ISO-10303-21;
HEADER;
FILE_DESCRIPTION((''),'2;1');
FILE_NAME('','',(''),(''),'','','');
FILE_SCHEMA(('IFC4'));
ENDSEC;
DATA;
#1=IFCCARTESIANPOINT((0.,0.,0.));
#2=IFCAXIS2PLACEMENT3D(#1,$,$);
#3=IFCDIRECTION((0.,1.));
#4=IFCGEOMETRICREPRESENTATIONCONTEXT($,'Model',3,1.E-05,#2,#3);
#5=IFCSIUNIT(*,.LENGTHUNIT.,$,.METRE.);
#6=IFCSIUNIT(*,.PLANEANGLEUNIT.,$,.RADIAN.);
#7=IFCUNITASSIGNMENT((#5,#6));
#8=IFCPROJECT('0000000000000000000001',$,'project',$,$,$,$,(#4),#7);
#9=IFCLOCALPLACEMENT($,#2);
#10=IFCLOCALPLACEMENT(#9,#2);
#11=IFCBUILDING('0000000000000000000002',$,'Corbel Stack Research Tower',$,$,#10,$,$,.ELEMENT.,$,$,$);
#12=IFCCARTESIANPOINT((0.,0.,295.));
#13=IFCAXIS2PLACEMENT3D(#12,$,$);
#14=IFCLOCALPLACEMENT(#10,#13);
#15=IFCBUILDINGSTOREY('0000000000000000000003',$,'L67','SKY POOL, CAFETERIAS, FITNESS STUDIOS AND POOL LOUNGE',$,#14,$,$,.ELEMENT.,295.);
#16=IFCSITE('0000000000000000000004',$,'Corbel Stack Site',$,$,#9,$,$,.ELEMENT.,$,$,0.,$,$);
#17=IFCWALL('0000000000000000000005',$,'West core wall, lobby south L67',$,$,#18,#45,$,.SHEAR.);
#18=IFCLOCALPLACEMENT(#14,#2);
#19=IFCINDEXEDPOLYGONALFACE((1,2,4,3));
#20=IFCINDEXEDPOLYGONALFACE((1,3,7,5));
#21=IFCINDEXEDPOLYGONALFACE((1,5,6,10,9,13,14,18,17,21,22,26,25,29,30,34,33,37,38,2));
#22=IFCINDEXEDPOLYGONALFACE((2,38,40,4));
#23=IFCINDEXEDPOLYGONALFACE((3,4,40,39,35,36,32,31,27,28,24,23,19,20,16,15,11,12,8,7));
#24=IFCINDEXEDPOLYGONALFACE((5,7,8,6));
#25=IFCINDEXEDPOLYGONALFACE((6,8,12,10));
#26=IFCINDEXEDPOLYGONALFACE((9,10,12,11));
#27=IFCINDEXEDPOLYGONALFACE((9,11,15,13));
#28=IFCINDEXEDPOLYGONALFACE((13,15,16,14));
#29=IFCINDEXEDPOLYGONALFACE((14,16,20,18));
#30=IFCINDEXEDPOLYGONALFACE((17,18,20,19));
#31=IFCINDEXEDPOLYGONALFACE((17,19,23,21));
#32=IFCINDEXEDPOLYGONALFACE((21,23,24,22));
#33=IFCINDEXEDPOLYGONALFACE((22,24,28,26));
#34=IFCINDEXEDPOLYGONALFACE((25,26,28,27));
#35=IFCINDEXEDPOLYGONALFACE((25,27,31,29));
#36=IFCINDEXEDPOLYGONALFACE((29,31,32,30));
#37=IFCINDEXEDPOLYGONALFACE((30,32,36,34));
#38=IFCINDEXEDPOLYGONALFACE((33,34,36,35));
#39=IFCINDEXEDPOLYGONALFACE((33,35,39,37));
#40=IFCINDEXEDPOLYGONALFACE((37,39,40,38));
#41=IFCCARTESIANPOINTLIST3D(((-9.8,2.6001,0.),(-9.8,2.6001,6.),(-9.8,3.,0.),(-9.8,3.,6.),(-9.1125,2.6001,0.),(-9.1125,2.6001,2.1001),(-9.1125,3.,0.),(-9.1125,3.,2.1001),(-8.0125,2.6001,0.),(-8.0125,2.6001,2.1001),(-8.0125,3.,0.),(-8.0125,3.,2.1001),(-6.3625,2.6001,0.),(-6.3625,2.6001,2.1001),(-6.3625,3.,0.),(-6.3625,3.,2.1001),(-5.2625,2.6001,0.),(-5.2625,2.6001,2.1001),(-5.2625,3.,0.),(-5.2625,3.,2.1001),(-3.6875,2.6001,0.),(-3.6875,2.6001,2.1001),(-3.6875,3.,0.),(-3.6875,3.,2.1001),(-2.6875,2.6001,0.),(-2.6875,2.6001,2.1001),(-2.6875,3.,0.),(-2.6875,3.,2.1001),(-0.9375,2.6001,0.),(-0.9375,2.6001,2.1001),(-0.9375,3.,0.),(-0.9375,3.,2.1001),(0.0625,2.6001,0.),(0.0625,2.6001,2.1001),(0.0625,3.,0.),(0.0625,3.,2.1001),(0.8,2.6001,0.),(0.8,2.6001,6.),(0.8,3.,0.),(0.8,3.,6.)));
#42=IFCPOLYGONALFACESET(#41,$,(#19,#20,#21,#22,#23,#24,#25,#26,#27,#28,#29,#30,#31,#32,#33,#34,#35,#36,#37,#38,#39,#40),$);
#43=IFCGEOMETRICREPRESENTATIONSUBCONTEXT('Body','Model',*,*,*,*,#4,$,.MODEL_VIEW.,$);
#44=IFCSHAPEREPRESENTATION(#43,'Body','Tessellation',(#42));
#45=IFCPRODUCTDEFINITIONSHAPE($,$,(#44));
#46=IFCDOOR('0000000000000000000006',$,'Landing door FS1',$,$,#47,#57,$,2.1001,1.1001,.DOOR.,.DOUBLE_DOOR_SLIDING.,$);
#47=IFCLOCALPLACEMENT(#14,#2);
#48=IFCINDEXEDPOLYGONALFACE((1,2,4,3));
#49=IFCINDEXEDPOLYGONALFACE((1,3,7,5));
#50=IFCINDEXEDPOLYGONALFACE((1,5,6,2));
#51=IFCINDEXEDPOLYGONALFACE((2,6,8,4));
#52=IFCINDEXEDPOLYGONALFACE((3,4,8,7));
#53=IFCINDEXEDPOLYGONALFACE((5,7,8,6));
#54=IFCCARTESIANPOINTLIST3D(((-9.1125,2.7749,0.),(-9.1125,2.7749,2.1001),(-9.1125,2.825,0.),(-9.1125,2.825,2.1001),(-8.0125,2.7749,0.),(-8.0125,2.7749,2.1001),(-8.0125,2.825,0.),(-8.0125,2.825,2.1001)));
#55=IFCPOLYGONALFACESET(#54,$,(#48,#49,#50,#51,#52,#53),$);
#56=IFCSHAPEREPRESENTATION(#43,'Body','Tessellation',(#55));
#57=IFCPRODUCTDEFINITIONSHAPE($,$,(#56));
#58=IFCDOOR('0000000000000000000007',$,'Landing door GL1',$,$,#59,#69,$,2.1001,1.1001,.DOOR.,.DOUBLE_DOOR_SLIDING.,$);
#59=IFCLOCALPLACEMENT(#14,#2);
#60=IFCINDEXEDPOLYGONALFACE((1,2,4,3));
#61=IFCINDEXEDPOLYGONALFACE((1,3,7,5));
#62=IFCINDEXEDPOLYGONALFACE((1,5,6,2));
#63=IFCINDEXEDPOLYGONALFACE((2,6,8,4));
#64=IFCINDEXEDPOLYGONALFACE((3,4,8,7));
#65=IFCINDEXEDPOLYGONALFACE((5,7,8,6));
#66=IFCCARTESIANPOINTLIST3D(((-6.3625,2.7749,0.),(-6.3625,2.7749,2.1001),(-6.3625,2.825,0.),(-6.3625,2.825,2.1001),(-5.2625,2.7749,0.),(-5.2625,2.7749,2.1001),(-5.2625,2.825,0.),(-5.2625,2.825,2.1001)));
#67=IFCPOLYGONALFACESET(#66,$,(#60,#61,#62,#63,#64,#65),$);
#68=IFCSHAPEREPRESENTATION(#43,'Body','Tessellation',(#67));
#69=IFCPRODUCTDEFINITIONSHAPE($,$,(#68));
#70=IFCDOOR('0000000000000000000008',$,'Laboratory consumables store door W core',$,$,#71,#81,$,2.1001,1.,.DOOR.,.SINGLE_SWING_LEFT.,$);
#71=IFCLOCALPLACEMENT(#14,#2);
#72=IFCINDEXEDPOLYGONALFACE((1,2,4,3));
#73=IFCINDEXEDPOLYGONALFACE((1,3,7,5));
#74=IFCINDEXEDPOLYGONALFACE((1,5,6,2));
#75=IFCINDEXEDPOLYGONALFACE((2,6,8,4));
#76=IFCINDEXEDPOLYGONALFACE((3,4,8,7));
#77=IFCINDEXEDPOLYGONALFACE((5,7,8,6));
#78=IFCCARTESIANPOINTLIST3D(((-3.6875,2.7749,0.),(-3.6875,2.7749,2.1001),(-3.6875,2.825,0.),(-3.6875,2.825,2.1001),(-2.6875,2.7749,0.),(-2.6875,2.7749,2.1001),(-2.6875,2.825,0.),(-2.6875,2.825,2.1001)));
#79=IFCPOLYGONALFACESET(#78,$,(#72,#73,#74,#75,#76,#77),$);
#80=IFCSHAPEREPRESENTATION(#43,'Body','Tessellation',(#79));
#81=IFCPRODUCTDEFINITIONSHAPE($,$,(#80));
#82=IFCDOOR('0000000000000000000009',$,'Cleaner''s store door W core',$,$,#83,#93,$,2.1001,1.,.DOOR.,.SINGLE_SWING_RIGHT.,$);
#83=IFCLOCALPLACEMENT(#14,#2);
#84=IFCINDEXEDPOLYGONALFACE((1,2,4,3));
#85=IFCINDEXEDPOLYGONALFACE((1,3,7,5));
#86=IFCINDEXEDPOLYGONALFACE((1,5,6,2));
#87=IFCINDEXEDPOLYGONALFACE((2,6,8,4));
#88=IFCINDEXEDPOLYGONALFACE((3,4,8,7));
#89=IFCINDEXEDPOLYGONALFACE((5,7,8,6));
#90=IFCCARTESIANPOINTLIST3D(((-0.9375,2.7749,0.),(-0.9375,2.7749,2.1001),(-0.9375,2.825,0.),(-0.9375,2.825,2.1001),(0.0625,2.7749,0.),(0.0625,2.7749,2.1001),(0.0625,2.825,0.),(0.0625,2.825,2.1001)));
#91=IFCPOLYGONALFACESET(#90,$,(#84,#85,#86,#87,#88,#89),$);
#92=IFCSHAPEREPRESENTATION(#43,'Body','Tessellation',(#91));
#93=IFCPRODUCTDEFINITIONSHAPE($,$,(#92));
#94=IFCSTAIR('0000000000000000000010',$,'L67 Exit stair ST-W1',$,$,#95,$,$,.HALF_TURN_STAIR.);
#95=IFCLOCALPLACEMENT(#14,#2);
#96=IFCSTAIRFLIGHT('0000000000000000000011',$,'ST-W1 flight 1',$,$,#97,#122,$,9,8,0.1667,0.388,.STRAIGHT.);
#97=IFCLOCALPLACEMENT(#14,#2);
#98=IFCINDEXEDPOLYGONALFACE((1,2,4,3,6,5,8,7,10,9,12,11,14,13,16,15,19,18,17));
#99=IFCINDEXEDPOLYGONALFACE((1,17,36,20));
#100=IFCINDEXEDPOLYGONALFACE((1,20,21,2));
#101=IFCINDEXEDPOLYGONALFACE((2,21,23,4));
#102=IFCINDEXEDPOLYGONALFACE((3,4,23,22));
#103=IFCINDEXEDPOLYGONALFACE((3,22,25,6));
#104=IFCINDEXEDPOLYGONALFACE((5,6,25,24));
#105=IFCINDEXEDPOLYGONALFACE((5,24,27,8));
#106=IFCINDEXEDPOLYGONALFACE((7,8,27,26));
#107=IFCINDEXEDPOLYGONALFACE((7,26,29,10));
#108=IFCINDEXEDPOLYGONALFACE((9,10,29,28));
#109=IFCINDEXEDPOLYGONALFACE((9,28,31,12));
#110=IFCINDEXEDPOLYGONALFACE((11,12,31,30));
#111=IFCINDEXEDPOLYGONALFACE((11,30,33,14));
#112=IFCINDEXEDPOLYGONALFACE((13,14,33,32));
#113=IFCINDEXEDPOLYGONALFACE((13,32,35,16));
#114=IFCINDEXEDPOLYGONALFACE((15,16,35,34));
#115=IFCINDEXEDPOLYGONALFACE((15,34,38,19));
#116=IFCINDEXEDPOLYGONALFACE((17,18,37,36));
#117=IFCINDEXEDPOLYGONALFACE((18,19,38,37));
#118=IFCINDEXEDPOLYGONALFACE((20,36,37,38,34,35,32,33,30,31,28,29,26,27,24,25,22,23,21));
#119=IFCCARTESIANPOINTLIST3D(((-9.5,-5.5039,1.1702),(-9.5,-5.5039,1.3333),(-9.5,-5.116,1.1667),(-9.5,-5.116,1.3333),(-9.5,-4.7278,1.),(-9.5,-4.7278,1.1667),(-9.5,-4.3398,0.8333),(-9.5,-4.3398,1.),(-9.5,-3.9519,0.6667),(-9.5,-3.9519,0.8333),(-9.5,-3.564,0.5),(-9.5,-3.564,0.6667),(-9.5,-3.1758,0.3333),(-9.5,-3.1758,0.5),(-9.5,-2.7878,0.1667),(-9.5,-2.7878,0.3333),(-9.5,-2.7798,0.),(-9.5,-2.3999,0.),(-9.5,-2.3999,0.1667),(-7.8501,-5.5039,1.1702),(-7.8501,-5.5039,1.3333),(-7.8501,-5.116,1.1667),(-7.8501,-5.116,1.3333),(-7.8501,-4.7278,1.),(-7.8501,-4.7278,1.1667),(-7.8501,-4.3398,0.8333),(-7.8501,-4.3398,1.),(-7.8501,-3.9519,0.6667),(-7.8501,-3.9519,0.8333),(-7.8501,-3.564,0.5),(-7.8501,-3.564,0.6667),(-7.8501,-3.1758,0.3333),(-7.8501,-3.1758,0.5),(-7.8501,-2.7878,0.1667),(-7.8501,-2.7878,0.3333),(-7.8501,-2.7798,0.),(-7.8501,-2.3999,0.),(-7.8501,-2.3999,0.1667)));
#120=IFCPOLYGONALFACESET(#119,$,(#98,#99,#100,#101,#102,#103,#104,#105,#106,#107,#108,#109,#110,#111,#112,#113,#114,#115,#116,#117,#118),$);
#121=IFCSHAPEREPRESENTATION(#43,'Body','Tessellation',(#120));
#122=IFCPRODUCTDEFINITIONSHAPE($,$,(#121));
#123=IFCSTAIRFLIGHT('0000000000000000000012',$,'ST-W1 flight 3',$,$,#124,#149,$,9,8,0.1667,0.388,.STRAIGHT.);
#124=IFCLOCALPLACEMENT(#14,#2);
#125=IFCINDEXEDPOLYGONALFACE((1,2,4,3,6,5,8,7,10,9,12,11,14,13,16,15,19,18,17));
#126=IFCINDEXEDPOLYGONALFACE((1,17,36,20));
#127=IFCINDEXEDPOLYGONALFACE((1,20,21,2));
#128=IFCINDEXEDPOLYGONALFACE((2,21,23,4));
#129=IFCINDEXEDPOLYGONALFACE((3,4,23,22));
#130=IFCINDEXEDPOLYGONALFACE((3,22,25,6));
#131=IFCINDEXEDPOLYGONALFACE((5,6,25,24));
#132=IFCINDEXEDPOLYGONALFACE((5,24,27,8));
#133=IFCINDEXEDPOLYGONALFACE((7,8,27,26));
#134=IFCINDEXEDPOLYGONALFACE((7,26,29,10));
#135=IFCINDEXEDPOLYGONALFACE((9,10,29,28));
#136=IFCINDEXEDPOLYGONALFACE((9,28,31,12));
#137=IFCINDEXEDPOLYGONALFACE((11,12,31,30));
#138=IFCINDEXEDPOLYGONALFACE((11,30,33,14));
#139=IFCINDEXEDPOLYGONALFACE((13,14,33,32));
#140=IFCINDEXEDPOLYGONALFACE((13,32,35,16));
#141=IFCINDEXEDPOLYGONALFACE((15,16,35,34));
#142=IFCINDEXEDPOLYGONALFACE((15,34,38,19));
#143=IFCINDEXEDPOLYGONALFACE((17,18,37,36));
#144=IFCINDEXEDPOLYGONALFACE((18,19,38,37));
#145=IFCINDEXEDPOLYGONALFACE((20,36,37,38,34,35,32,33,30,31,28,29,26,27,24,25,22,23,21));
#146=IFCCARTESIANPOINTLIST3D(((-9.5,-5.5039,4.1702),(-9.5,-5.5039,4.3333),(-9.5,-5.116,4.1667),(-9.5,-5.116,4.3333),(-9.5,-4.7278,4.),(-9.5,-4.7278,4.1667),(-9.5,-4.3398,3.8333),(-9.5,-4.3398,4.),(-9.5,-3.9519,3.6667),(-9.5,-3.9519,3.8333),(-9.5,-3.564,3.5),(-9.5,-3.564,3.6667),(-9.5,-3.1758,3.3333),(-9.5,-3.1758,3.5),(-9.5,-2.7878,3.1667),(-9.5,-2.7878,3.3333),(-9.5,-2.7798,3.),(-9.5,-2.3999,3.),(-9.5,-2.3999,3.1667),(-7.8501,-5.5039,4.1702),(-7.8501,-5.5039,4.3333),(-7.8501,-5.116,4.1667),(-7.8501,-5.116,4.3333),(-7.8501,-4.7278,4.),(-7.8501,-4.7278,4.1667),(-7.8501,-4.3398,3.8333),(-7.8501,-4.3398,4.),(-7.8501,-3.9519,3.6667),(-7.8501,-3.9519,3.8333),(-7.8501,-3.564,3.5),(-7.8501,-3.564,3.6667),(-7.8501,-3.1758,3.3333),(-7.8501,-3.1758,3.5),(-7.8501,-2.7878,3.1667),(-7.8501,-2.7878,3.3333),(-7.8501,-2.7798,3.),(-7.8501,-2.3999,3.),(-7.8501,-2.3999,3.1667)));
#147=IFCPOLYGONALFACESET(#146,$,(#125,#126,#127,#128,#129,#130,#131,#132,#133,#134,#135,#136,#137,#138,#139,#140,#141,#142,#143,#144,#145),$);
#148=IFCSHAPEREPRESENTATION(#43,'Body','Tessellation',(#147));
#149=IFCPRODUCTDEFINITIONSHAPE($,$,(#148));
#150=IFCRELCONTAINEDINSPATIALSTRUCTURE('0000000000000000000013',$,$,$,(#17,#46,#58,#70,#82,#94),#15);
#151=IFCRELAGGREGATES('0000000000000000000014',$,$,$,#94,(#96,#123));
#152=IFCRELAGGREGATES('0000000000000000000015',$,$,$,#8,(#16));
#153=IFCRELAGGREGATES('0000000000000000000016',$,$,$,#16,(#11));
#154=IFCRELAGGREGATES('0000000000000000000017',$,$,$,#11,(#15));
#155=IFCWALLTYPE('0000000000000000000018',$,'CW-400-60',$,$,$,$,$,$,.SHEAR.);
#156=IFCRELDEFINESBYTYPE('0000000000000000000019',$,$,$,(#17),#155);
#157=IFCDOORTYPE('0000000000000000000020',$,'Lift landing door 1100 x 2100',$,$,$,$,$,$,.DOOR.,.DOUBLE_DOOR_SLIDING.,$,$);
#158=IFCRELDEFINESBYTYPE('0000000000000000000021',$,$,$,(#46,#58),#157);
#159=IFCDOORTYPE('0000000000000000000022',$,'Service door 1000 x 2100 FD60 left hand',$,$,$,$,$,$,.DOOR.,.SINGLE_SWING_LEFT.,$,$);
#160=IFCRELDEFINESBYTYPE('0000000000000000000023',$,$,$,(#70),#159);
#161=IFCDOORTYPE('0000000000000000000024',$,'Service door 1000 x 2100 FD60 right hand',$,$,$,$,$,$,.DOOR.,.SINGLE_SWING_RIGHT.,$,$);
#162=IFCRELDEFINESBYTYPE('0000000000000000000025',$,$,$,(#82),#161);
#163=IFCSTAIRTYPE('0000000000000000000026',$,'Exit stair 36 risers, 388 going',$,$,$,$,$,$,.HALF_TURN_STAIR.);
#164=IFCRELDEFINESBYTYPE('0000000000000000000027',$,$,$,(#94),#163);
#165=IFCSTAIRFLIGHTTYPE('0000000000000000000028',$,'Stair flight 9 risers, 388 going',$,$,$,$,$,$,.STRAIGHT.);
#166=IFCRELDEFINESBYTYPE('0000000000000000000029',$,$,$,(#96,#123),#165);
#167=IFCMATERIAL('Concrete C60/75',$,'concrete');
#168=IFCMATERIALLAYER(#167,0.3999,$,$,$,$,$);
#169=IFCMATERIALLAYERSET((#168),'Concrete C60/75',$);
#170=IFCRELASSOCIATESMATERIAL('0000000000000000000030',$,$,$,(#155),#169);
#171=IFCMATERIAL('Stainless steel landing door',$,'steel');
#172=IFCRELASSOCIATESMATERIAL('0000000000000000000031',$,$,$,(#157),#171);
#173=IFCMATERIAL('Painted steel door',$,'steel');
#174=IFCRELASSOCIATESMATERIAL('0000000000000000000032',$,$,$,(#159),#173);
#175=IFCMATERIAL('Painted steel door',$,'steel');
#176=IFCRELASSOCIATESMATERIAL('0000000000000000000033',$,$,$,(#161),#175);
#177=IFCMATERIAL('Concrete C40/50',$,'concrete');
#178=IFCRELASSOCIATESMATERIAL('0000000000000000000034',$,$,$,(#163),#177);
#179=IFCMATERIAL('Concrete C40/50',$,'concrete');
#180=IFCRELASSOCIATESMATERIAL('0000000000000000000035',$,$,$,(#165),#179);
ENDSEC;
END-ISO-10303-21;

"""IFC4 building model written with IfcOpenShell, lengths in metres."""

from ifc_helpers import new_model, si_unit, direction, frame, frame_2d, origin, place, context, subcontext, project, spatial, polyline, rectangle, outline, extrude, material, layer, layer_set, type_object, element, fill, aggregate, save


model = new_model("IFC4")

# Units and contexts
model_context = context("Model", 3, precision=1e-05, world=origin(), true_north=direction((0.0, 1.0)))
body_context = subcontext(model_context, "Body", "Model", "MODEL_VIEW")
ifc_project = project(units=[si_unit("LENGTHUNIT", "METRE"), si_unit("PLANEANGLEUNIT", "RADIAN")], contexts=[model_context])

# Site, building, storey
site_placement = place(None, origin())
site = spatial("IfcSite", under=ifc_project, at=site_placement, Name="Corbel Stack Site", CompositionType="ELEMENT", RefElevation=0.0)
building_placement = place(site_placement, origin())
building = spatial("IfcBuilding", under=site, at=building_placement, Name="Corbel Stack Research Tower", CompositionType="ELEMENT")
storey_placement = place(building_placement, frame((0.0, 0.0, 295.0)))
storey = spatial("IfcBuildingStorey", under=building, at=storey_placement, Name="L67", Description="SKY POOL, CAFETERIAS, FITNESS STUDIOS AND POOL LOUNGE", CompositionType="ELEMENT", Elevation=295.0)

# Shared definitions
ifc_material_1 = material(Name="Concrete C60/75", Category="concrete")
ifc_layer_1 = layer(ifc_material_1, 0.3999)
ifc_layer_set_1 = layer_set([ifc_layer_1], Name="Concrete C60/75")
wall_type = type_object("IfcWallType", Name="CW-400-60", PredefinedType="SHEAR", material=ifc_layer_set_1)

# Wall, openings, doors
wall_1_placement = place(storey_placement, frame((-9.8, 2.8, 0.0), z_axis=(0.0, 0.0, 1.0), x_axis=(1.0, 0.0, 0.0)))
wall_1 = element("IfcWall", 1, at=wall_1_placement, inside=storey, type_object=wall_type, Name="West core wall, lobby south L67", PredefinedType="SHEAR", context=body_context, shape_type="SweptSolid", body=[
    extrude(rectangle(XDim=10.6001, YDim=0.3999, at=frame_2d((5.3, 0.0))), origin(), (0.0, 0.0, 1.0), 6.0),
])
opening_1_placement = place(wall_1_placement, frame((0.6875, 0.0, 0.0)))
opening_1 = element("IfcOpeningElement", 2, at=opening_1_placement, cuts=wall_1, PredefinedType="OPENING", context=body_context, shape_type="SweptSolid", body=[
    extrude(rectangle(XDim=1.1001, YDim=2.1001, at=frame_2d((0.55, 1.05))), frame((0.0, 0.21, 0.0), z_axis=(0.0, -1.0, 0.0), x_axis=(1.0, 0.0, 0.0)), (0.0, 0.0, 1.0), 0.4199),
])
opening_2_placement = place(wall_1_placement, frame((3.4375, 0.0, 0.0)))
opening_2 = element("IfcOpeningElement", 3, at=opening_2_placement, cuts=wall_1, PredefinedType="OPENING", context=body_context, shape_type="SweptSolid", body=[
    extrude(rectangle(XDim=1.1001, YDim=2.1001, at=frame_2d((0.55, 1.05))), frame((0.0, 0.21, 0.0), z_axis=(0.0, -1.0, 0.0), x_axis=(1.0, 0.0, 0.0)), (0.0, 0.0, 1.0), 0.4199),
])
opening_3_placement = place(wall_1_placement, frame((6.1125, 0.0, 0.0)))
opening_3 = element("IfcOpeningElement", 4, at=opening_3_placement, cuts=wall_1, PredefinedType="OPENING", context=body_context, shape_type="SweptSolid", body=[
    extrude(rectangle(XDim=1.0, YDim=2.1001, at=frame_2d((0.5, 1.05))), frame((0.0, 0.21, 0.0), z_axis=(0.0, -1.0, 0.0), x_axis=(1.0, 0.0, 0.0)), (0.0, 0.0, 1.0), 0.4199),
])
opening_4_placement = place(wall_1_placement, frame((8.8625, 0.0, 0.0)))
opening_4 = element("IfcOpeningElement", 5, at=opening_4_placement, cuts=wall_1, PredefinedType="OPENING", context=body_context, shape_type="SweptSolid", body=[
    extrude(rectangle(XDim=1.0, YDim=2.1001, at=frame_2d((0.5, 1.05))), frame((0.0, 0.21, 0.0), z_axis=(0.0, -1.0, 0.0), x_axis=(1.0, 0.0, 0.0)), (0.0, 0.0, 1.0), 0.4199),
])
ifc_material_2 = material(Name="Stainless steel landing door", Category="steel")
door_type_1 = type_object("IfcDoorType", Name="Lift landing door 1100 x 2100", OperationType="DOUBLE_DOOR_SLIDING", PredefinedType="DOOR", material=ifc_material_2)
door_1_placement = place(opening_1_placement, origin())
door_1 = element("IfcDoor", 6, at=door_1_placement, inside=storey, type_object=door_type_1, Name="Landing door FS1", OperationType="DOUBLE_DOOR_SLIDING", OverallHeight=2.1001, OverallWidth=1.1001, PredefinedType="DOOR", context=body_context, shape_type="SweptSolid", body=[
    extrude(rectangle(XDim=1.1001, YDim=2.1001, at=frame_2d((0.55, 1.05))), frame((0.0, 0.0249, 0.0), z_axis=(0.0, -1.0, 0.0), x_axis=(1.0, 0.0, 0.0)), (0.0, 0.0, 1.0), 0.05),
])
fill(opening_1, door_1)
door_2_placement = place(opening_2_placement, origin())
door_2 = element("IfcDoor", 7, at=door_2_placement, inside=storey, type_object=door_type_1, Name="Landing door GL1", OperationType="DOUBLE_DOOR_SLIDING", OverallHeight=2.1001, OverallWidth=1.1001, PredefinedType="DOOR", context=body_context, shape_type="SweptSolid", body=[
    extrude(rectangle(XDim=1.1001, YDim=2.1001, at=frame_2d((0.55, 1.05))), frame((0.0, 0.0249, 0.0), z_axis=(0.0, -1.0, 0.0), x_axis=(1.0, 0.0, 0.0)), (0.0, 0.0, 1.0), 0.05),
])
fill(opening_2, door_2)
ifc_material_3 = material(Name="Painted steel door", Category="steel")
door_type_2 = type_object("IfcDoorType", Name="Service door 1000 x 2100 FD60 left hand", OperationType="SINGLE_SWING_LEFT", PredefinedType="DOOR", material=ifc_material_3)
door_3_placement = place(opening_3_placement, origin())
door_3 = element("IfcDoor", 8, at=door_3_placement, inside=storey, type_object=door_type_2, Name="Laboratory consumables store door W core", OperationType="SINGLE_SWING_LEFT", OverallHeight=2.1001, OverallWidth=1.0, PredefinedType="DOOR", context=body_context, shape_type="SweptSolid", body=[
    extrude(rectangle(XDim=1.0, YDim=2.1001, at=frame_2d((0.5, 1.05))), frame((0.0, 0.0249, 0.0), z_axis=(0.0, -1.0, 0.0), x_axis=(1.0, 0.0, 0.0)), (0.0, 0.0, 1.0), 0.05),
])
fill(opening_3, door_3)
ifc_material_4 = material(Name="Painted steel door", Category="steel")
door_type_3 = type_object("IfcDoorType", Name="Service door 1000 x 2100 FD60 right hand", OperationType="SINGLE_SWING_RIGHT", PredefinedType="DOOR", material=ifc_material_4)
door_4_placement = place(opening_4_placement, origin())
door_4 = element("IfcDoor", 9, at=door_4_placement, inside=storey, type_object=door_type_3, Name="Cleaner's store door W core", OperationType="SINGLE_SWING_RIGHT", OverallHeight=2.1001, OverallWidth=1.0, PredefinedType="DOOR", context=body_context, shape_type="SweptSolid", body=[
    extrude(rectangle(XDim=1.0, YDim=2.1001, at=frame_2d((0.5, 1.05))), frame((0.0, 0.0249, 0.0), z_axis=(0.0, -1.0, 0.0), x_axis=(1.0, 0.0, 0.0)), (0.0, 0.0, 1.0), 0.05),
])
fill(opening_4, door_4)

# Stair, stair flights
ifc_material_5 = material(Name="Concrete C40/50", Category="concrete")
stair_type = type_object("IfcStairType", Name="Exit stair 36 risers, 388 going", PredefinedType="HALF_TURN_STAIR", material=ifc_material_5)
stair_placement = place(storey_placement, origin())
stair = element("IfcStair", 10, at=stair_placement, inside=storey, type_object=stair_type, Name="L67 Exit stair ST-W1", PredefinedType="HALF_TURN_STAIR")
ifc_material_6 = material(Name="Concrete C40/50", Category="concrete")
stair_flight_type = type_object("IfcStairFlightType", Name="Stair flight 9 risers, 388 going", PredefinedType="STRAIGHT", material=ifc_material_6)
stair_flight_1_placement = place(storey_placement, frame((-8.675, -2.3999, 0.0), z_axis=(0.0, 0.0, 1.0), x_axis=(0.0, -1.0, 0.0)))
stair_flight_1 = element("IfcStairFlight", 11, at=stair_flight_1_placement, type_object=stair_flight_type, Name="ST-W1 flight 1", NumberOfRisers=9, NumberOfTreads=8, PredefinedType="STRAIGHT", RiserHeight=0.1667, TreadLength=0.388, context=body_context, shape_type="SweptSolid", body=[
    extrude(outline(polyline([(0.0, 0.0), (0.0, 0.1667), (0.3879, 0.1667), (0.3879, 0.3333), (0.7759, 0.3333), (0.7759, 0.5), (1.1641, 0.5), (1.1641, 0.6667), (1.552, 0.6667), (1.552, 0.8333), (1.9399, 0.8333), (1.9399, 1.0), (2.3279, 1.0), (2.3279, 1.1667), (2.7161, 1.1667), (2.7161, 1.3333), (3.104, 1.3333), (3.104, 1.5), (3.104, 1.1702), (0.3799, 0.0), (0.0, 0.0)])), frame((0.0, 0.825, 0.0), z_axis=(0.0, -1.0, 0.0), x_axis=(1.0, 0.0, 0.0)), (0.0, 0.0, 1.0), 1.6499),
])
stair_flight_2_placement = place(storey_placement, frame((-8.675, -2.3999, 3.0), z_axis=(0.0, 0.0, 1.0), x_axis=(0.0, -1.0, 0.0)))
stair_flight_2 = element("IfcStairFlight", 12, at=stair_flight_2_placement, type_object=stair_flight_type, Name="ST-W1 flight 3", NumberOfRisers=9, NumberOfTreads=8, PredefinedType="STRAIGHT", RiserHeight=0.1667, TreadLength=0.388, context=body_context, shape_type="SweptSolid", body=[
    extrude(outline(polyline([(0.0, 0.0), (0.0, 0.1667), (0.3879, 0.1667), (0.3879, 0.3333), (0.7759, 0.3333), (0.7759, 0.5), (1.1641, 0.5), (1.1641, 0.6667), (1.552, 0.6667), (1.552, 0.8333), (1.9399, 0.8333), (1.9399, 1.0), (2.3279, 1.0), (2.3279, 1.1667), (2.7161, 1.1667), (2.7161, 1.3333), (3.104, 1.3333), (3.104, 1.5), (3.104, 1.1702), (0.3799, 0.0), (0.0, 0.0)])), frame((0.0, 0.825, 0.0), z_axis=(0.0, -1.0, 0.0), x_axis=(1.0, 0.0, 0.0)), (0.0, 0.0, 1.0), 1.6499),
])
aggregate(stair, [stair_flight_1, stair_flight_2])

save(model, "model.ifc")
